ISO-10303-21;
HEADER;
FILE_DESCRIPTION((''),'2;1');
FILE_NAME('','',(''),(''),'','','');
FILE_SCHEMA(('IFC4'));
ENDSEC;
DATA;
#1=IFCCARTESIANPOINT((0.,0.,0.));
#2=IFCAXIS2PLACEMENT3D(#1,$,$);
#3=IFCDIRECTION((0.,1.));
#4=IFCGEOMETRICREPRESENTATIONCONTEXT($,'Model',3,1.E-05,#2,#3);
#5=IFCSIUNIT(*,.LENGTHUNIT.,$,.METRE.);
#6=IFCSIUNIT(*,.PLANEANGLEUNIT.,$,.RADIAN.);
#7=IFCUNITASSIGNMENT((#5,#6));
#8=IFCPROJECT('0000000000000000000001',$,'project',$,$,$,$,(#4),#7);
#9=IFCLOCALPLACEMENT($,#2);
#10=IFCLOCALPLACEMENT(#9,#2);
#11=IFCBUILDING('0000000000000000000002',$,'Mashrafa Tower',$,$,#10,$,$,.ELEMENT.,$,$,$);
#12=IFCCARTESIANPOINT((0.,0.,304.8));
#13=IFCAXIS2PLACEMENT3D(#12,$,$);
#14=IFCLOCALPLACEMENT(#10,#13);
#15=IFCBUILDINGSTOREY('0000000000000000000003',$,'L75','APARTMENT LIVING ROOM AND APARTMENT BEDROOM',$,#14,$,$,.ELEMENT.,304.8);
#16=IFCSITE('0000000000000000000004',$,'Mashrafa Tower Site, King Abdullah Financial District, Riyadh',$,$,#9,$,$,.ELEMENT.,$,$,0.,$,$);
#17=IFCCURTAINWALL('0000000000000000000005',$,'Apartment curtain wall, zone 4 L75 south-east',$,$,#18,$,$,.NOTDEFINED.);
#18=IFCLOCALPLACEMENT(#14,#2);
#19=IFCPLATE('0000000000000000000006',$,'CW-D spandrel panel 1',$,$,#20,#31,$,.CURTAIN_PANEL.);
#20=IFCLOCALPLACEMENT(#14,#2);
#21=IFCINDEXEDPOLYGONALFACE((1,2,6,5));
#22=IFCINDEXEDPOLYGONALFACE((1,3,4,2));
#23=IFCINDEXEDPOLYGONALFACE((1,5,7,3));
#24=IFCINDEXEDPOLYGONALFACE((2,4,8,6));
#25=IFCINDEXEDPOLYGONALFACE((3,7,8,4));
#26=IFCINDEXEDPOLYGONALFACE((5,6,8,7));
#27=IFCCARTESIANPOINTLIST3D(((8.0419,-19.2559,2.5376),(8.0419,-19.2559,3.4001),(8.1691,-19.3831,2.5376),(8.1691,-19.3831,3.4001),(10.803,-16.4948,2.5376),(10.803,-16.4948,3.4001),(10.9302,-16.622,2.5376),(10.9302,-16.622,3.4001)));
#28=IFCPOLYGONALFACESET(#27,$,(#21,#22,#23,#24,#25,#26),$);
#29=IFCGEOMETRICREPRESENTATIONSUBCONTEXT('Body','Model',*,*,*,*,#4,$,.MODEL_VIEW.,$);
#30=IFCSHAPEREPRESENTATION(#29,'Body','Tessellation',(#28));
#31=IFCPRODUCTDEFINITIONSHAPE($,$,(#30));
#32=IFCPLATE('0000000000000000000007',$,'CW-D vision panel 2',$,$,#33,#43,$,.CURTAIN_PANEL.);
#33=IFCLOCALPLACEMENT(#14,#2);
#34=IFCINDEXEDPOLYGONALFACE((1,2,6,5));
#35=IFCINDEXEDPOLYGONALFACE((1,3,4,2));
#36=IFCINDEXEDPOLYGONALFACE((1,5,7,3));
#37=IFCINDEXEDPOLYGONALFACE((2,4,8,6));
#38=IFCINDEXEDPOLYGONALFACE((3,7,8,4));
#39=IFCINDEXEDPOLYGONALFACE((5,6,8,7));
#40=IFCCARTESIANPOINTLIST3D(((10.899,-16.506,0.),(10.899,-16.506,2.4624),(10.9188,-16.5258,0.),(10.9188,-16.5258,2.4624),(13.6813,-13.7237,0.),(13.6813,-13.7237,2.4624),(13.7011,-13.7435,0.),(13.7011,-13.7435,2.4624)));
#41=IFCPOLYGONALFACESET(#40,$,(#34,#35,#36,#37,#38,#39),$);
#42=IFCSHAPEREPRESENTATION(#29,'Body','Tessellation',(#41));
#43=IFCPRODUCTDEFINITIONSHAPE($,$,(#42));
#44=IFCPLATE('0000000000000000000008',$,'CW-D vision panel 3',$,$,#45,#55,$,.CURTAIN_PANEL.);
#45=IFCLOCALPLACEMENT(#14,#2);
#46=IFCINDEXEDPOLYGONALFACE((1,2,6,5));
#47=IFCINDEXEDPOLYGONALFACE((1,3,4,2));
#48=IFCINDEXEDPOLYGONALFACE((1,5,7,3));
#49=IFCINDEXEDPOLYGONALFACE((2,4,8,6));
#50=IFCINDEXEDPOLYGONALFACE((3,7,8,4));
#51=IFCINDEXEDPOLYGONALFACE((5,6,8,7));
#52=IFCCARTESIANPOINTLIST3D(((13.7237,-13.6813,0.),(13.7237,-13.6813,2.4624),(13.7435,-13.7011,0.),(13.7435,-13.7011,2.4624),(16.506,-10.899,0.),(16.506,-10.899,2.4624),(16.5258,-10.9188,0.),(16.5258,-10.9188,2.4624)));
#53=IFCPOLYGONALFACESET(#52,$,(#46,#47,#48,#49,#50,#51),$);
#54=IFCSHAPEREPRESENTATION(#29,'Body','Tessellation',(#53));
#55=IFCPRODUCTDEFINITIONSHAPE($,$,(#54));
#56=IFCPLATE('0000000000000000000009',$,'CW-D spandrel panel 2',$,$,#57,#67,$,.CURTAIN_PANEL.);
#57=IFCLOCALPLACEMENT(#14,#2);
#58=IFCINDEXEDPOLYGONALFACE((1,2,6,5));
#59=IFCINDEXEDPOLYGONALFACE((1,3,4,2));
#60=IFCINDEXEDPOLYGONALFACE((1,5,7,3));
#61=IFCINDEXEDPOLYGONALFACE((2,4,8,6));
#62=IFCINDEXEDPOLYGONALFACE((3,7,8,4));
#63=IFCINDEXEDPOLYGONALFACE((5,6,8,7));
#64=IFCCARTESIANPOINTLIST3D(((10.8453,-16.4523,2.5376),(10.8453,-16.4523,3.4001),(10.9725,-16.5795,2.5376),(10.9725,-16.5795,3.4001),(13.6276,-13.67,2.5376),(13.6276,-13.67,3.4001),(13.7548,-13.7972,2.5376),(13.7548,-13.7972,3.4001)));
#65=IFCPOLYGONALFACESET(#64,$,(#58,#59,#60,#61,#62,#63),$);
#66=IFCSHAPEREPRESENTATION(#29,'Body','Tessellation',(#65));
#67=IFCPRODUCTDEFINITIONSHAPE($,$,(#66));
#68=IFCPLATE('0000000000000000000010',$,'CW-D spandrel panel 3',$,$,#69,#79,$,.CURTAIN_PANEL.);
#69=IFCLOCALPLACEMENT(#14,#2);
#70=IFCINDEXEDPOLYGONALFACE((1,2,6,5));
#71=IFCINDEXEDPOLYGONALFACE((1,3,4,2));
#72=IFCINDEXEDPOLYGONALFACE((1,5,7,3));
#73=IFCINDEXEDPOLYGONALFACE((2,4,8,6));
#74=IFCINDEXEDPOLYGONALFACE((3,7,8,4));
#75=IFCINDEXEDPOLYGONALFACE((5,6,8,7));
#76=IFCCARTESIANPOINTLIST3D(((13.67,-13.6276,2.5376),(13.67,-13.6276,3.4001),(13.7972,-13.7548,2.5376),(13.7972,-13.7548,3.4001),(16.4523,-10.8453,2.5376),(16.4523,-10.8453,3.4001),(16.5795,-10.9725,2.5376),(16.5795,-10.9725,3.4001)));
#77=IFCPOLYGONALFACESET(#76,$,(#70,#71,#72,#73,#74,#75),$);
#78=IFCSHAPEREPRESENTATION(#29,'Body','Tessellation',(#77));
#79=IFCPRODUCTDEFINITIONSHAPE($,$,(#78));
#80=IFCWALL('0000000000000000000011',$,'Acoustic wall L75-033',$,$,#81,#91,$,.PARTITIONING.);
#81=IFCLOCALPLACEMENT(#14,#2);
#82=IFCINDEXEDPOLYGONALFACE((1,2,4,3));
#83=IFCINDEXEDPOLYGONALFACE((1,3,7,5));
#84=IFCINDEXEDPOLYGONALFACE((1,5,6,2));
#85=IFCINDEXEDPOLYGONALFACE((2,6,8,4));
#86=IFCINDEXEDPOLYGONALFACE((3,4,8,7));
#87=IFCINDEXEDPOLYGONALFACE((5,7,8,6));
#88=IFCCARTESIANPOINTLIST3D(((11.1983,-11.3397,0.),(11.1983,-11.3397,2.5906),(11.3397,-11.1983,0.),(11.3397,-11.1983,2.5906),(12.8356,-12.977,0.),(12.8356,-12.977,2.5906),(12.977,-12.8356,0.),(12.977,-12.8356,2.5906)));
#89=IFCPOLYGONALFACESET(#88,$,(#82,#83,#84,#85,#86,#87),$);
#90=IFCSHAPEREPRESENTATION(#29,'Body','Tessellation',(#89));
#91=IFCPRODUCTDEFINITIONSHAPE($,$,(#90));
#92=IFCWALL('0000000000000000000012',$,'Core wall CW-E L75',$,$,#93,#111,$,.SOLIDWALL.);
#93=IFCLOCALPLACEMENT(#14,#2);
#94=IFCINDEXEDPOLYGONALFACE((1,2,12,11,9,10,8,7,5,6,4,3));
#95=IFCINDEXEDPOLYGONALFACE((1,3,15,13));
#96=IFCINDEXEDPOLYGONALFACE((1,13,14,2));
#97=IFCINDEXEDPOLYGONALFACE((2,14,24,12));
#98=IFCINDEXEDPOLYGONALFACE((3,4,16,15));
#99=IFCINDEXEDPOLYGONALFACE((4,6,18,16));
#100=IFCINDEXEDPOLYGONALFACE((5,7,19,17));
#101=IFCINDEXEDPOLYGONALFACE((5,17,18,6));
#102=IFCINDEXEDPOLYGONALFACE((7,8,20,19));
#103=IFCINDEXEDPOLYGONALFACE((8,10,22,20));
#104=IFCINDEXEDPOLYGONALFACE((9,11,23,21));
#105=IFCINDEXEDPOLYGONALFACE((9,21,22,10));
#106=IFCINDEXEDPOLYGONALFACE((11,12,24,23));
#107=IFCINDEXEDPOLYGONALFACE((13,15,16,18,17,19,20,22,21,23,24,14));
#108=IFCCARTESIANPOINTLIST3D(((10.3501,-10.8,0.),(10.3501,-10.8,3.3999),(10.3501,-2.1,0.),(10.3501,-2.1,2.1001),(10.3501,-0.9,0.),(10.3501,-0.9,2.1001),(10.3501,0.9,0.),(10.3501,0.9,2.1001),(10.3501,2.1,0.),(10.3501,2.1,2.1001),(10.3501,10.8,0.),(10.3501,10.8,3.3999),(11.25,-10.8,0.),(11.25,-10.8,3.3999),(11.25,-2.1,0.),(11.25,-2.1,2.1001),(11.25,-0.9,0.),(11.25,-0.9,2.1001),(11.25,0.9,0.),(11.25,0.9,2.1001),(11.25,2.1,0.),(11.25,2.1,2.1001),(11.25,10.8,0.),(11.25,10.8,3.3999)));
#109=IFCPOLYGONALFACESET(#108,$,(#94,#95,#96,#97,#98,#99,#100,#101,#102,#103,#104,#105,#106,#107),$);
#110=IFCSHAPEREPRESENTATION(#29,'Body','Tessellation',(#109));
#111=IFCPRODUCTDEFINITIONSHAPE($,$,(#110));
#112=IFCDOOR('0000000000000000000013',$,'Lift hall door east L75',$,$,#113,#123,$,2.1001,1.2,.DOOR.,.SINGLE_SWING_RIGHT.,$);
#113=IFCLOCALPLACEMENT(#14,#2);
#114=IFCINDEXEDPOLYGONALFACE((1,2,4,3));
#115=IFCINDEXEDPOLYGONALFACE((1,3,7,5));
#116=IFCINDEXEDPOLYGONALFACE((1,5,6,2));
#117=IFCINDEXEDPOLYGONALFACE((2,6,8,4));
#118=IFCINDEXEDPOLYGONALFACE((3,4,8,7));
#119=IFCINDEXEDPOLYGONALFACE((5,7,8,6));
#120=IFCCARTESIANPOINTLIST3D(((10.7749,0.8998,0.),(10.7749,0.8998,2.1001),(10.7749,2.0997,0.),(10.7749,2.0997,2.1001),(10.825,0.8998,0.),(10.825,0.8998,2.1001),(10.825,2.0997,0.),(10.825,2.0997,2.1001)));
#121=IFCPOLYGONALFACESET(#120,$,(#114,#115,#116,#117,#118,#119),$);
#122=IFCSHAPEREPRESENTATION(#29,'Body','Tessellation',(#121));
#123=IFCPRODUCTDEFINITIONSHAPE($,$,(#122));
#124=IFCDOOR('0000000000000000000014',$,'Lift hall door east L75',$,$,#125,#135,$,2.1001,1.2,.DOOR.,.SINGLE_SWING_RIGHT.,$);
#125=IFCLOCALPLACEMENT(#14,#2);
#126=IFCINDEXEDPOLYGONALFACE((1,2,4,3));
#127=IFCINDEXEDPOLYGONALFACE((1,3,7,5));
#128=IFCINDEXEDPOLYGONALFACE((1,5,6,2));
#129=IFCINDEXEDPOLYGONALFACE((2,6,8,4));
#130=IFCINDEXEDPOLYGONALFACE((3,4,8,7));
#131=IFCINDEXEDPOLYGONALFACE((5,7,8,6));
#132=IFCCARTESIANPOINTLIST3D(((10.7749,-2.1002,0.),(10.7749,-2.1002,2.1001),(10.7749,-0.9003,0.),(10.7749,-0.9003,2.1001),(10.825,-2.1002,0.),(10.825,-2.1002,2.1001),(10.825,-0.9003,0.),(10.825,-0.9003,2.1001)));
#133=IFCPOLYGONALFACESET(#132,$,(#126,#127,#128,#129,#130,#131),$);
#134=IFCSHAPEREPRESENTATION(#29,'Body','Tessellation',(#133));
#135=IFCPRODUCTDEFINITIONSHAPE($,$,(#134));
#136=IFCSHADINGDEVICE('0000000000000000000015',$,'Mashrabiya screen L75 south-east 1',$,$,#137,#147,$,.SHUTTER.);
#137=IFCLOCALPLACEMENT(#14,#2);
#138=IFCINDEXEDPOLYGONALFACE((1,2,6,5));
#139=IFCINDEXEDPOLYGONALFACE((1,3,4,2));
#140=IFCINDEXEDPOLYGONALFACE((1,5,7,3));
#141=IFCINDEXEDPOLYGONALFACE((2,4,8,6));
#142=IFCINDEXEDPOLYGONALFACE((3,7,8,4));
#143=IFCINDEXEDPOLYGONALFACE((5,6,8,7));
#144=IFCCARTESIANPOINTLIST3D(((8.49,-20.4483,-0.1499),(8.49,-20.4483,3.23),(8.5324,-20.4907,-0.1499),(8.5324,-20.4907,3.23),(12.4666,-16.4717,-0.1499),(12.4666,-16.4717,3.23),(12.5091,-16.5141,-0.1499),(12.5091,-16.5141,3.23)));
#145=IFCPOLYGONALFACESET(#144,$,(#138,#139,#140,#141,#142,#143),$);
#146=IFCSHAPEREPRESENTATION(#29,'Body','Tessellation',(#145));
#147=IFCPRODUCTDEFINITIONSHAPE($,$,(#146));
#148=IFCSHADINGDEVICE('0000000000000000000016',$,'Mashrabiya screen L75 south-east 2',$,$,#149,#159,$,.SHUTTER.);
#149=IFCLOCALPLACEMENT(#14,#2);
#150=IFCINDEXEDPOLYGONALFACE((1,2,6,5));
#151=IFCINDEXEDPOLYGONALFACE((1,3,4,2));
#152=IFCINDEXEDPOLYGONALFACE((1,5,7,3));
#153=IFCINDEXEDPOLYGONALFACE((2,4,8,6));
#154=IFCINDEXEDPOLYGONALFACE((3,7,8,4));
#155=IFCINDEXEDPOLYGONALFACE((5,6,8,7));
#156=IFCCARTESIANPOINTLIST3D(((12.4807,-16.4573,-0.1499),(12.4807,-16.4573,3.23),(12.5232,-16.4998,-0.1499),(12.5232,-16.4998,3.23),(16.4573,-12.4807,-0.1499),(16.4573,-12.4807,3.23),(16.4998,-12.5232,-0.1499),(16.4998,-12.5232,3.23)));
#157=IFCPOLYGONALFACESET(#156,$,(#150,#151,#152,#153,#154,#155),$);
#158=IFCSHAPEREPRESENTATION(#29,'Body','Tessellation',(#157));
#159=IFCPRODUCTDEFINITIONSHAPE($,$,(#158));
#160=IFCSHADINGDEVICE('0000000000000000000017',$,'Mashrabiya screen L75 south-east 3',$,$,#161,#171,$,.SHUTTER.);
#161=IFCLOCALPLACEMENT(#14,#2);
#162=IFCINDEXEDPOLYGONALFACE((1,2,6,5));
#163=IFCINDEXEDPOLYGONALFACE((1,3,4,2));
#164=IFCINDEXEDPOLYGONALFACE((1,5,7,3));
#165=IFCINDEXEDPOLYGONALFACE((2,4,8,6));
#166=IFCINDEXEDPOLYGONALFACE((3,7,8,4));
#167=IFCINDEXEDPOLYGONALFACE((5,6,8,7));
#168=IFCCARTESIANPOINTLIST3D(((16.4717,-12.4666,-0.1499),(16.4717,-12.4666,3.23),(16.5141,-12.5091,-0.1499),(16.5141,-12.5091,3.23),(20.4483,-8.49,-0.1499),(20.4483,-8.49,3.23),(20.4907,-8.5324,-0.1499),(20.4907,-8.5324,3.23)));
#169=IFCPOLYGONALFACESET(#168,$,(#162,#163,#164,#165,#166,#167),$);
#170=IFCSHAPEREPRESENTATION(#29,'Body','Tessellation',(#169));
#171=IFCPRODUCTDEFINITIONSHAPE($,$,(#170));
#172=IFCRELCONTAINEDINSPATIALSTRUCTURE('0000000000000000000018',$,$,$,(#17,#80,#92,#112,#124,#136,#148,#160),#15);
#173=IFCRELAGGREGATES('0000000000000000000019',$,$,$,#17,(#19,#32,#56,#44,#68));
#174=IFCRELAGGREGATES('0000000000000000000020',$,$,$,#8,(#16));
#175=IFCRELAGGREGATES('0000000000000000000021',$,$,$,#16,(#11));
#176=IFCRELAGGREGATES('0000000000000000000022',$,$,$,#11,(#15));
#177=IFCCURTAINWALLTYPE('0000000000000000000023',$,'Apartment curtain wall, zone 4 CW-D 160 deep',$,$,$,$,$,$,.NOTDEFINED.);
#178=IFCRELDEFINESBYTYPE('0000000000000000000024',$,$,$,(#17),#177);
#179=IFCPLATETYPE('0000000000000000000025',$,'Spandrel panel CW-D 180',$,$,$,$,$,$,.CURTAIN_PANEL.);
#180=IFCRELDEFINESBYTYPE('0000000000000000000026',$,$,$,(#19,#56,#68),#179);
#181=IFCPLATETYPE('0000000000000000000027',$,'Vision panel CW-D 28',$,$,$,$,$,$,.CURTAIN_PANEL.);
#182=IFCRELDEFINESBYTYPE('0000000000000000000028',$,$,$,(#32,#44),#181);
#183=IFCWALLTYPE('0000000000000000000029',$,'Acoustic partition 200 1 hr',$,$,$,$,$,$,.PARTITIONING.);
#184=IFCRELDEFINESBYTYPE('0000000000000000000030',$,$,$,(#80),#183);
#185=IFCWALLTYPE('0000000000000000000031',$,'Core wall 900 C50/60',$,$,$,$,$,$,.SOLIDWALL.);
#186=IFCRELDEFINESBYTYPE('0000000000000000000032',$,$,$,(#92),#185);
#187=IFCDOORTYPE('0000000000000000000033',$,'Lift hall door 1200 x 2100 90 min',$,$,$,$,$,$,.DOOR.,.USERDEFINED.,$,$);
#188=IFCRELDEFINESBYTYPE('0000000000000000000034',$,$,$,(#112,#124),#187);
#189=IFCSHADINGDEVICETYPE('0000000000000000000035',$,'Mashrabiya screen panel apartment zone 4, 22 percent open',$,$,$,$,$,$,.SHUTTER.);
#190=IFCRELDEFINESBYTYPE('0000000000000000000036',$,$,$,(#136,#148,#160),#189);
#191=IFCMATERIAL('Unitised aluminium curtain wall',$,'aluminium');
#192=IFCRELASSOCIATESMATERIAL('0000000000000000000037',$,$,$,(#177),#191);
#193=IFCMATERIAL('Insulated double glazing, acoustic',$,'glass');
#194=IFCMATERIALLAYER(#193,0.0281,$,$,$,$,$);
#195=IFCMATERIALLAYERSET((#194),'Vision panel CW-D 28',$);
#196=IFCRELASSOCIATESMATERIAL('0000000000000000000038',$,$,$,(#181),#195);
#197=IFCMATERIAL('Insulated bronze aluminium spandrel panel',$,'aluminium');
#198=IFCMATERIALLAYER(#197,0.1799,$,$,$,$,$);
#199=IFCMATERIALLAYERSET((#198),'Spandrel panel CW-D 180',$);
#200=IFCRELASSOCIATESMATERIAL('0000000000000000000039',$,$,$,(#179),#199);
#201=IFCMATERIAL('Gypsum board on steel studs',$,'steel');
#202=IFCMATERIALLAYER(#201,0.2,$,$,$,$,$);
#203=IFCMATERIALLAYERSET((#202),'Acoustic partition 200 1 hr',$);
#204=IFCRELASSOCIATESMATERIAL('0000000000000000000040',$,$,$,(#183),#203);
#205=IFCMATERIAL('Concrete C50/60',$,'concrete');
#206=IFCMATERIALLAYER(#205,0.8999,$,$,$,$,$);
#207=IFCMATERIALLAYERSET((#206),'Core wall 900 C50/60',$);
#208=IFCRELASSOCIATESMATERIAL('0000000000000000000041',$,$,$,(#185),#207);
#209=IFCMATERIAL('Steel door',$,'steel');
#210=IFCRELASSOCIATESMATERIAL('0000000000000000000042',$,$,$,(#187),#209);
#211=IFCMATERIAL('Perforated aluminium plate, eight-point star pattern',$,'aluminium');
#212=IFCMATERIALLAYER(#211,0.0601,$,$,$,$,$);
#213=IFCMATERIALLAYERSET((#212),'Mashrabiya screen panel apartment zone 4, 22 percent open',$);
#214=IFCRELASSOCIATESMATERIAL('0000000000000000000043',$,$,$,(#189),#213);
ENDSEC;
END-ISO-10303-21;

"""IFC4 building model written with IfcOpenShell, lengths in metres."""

from ifc_helpers import new_model, si_unit, direction, frame, frame_2d, origin, origin_2d, place, context, subcontext, project, spatial, rectangle, extrude, source, transform, mapped, material, layer, layer_set, type_object, type_shapes, element, fill, aggregate, save


model = new_model("IFC4")

# Units and contexts
model_context = context("Model", 3, precision=1e-05, world=origin(), true_north=direction((0.0, 1.0)))
body_context = subcontext(model_context, "Body", "Model", "MODEL_VIEW")
ifc_project = project(units=[si_unit("LENGTHUNIT", "METRE"), si_unit("PLANEANGLEUNIT", "RADIAN")], contexts=[model_context])

# Site, building, storey
site_placement = place(None, origin())
site = spatial("IfcSite", under=ifc_project, at=site_placement, Name="Mashrafa Tower Site, King Abdullah Financial District, Riyadh", CompositionType="ELEMENT", RefElevation=0.0)
building_placement = place(site_placement, origin())
building = spatial("IfcBuilding", under=site, at=building_placement, Name="Mashrafa Tower", CompositionType="ELEMENT")
storey_placement = place(building_placement, frame((0.0, 0.0, 304.8)))
storey = spatial("IfcBuildingStorey", under=building, at=storey_placement, Name="L75", Description="APARTMENT LIVING ROOM AND APARTMENT BEDROOM", CompositionType="ELEMENT", Elevation=304.8)

# Curtain wall, plates
ifc_material_1 = material(Name="Unitised aluminium curtain wall", Category="aluminium")
curtain_wall_type = type_object("IfcCurtainWallType", Name="Apartment curtain wall, zone 4 CW-D 160 deep", PredefinedType="NOTDEFINED", material=ifc_material_1)
curtain_wall_placement = place(storey_placement, origin())
curtain_wall = element("IfcCurtainWall", 1, at=curtain_wall_placement, inside=storey, type_object=curtain_wall_type, Name="Apartment curtain wall, zone 4 L75 south-east", PredefinedType="NOTDEFINED")
ifc_material_2 = material(Name="Insulated double glazing, acoustic", Category="glass")
ifc_layer_1 = layer(ifc_material_2, 0.0281)
ifc_layer_set_1 = layer_set([ifc_layer_1], Name="Vision panel CW-D 28")
plate_type_1 = type_object("IfcPlateType", Name="Vision panel CW-D 28", PredefinedType="CURTAIN_PANEL", material=ifc_layer_set_1)
ifc_material_3 = material(Name="Insulated bronze aluminium spandrel panel", Category="aluminium")
ifc_layer_2 = layer(ifc_material_3, 0.1799)
ifc_layer_set_2 = layer_set([ifc_layer_2], Name="Spandrel panel CW-D 180")
plate_type_2 = type_object("IfcPlateType", Name="Spandrel panel CW-D 180", PredefinedType="CURTAIN_PANEL", material=ifc_layer_set_2)
shared_shape_1 = source(origin(), body_context, "Body", "SweptSolid", [
    extrude(rectangle(XDim=3.9048, YDim=0.1799, at=origin_2d()), origin(), (0.0, 0.0, 1.0), 0.8625),
])
plate_1_placement = place(storey_placement, frame((9.4861, -17.939, 2.5376), z_axis=(0.0, 0.0, 1.0), x_axis=(0.707107, 0.707107, 0.0)))
plate_1 = element("IfcPlate", 2, at=plate_1_placement, type_object=plate_type_2, Name="CW-D spandrel panel 1", PredefinedType="CURTAIN_PANEL", context=body_context, shape_type="MappedRepresentation", body=[
    mapped(shared_shape_1, transform((0.0, 0.0, 0.0))),
])
shared_shape_2 = source(origin(), body_context, "Body", "SweptSolid", [
    extrude(rectangle(XDim=3.9348, YDim=0.0281, at=origin_2d()), origin(), (0.0, 0.0, 1.0), 2.4624),
])
plate_2_placement = place(storey_placement, frame((12.3, -15.1248, 0.0), z_axis=(0.0, 0.0, 1.0), x_axis=(0.707107, 0.707107, 0.0)))
plate_2 = element("IfcPlate", 3, at=plate_2_placement, type_object=plate_type_1, Name="CW-D vision panel 2", PredefinedType="CURTAIN_PANEL", context=body_context, shape_type="MappedRepresentation", body=[
    mapped(shared_shape_2, transform((0.0, 0.0, 0.0))),
])
plate_3_placement = place(storey_placement, frame((15.1248, -12.3, 0.0), z_axis=(0.0, 0.0, 1.0), x_axis=(0.707107, 0.707107, 0.0)))
plate_3 = element("IfcPlate", 4, at=plate_3_placement, type_object=plate_type_1, Name="CW-D vision panel 3", PredefinedType="CURTAIN_PANEL", context=body_context, shape_type="MappedRepresentation", body=[
    mapped(shared_shape_2, transform((0.0, 0.0, 0.0))),
])
shared_shape_3 = source(origin(), body_context, "Body", "SweptSolid", [
    extrude(rectangle(XDim=3.9348, YDim=0.1799, at=origin_2d()), origin(), (0.0, 0.0, 1.0), 0.8625),
])
type_shapes(plate_type_2, [shared_shape_1, shared_shape_3])
plate_4_placement = place(storey_placement, frame((12.3, -15.1248, 2.5376), z_axis=(0.0, 0.0, 1.0), x_axis=(0.707107, 0.707107, 0.0)))
plate_4 = element("IfcPlate", 5, at=plate_4_placement, type_object=plate_type_2, Name="CW-D spandrel panel 2", PredefinedType="CURTAIN_PANEL", context=body_context, shape_type="MappedRepresentation", body=[
    mapped(shared_shape_3, transform((0.0, 0.0, 0.0))),
])
plate_5_placement = place(storey_placement, frame((15.1248, -12.3, 2.5376), z_axis=(0.0, 0.0, 1.0), x_axis=(0.707107, 0.707107, 0.0)))
plate_5 = element("IfcPlate", 6, at=plate_5_placement, type_object=plate_type_2, Name="CW-D spandrel panel 3", PredefinedType="CURTAIN_PANEL", context=body_context, shape_type="MappedRepresentation", body=[
    mapped(shared_shape_3, transform((0.0, 0.0, 0.0))),
])
aggregate(curtain_wall, [plate_1, plate_2, plate_4, plate_3, plate_5])

# Wall
ifc_material_4 = material(Name="Gypsum board on steel studs", Category="steel")
ifc_layer_3 = layer(ifc_material_4, 0.2)
ifc_layer_set_3 = layer_set([ifc_layer_3], Name="Acoustic partition 200 1 hr")
wall_type_1 = type_object("IfcWallType", Name="Acoustic partition 200 1 hr", PredefinedType="PARTITIONING", material=ifc_layer_set_3)
wall_1_placement = place(storey_placement, frame((11.269, -11.269, 0.0), z_axis=(0.0, 0.0, 1.0), x_axis=(0.707107, -0.707107, 0.0)))
element("IfcWall", 7, at=wall_1_placement, inside=storey, type_object=wall_type_1, Name="Acoustic wall L75-033", PredefinedType="PARTITIONING", context=body_context, shape_type="SweptSolid", body=[
    extrude(rectangle(XDim=2.3154, YDim=0.2, at=frame_2d((1.1577, 0.0))), origin(), (0.0, 0.0, 1.0), 2.5906),
])

# Wall, openings, doors
ifc_material_5 = material(Name="Concrete C50/60", Category="concrete")
ifc_layer_4 = layer(ifc_material_5, 0.8999)
ifc_layer_set_4 = layer_set([ifc_layer_4], Name="Core wall 900 C50/60")
wall_type_2 = type_object("IfcWallType", Name="Core wall 900 C50/60", PredefinedType="SOLIDWALL", material=ifc_layer_set_4)
wall_2_placement = place(storey_placement, frame((10.8, -10.8, 0.0), z_axis=(0.0, 0.0, 1.0), x_axis=(0.0, 1.0, 0.0)))
wall_2 = element("IfcWall", 8, at=wall_2_placement, inside=storey, type_object=wall_type_2, Name="Core wall CW-E L75", PredefinedType="SOLIDWALL", context=body_context, shape_type="SweptSolid", body=[
    extrude(rectangle(XDim=21.6001, YDim=0.8999, at=frame_2d((10.8, 0.0))), origin(), (0.0, 0.0, 1.0), 3.3999),
])
opening_1_placement = place(wall_2_placement, frame((11.7, 0.0, 0.0)))
opening_1 = element("IfcOpeningElement", 9, at=opening_1_placement, cuts=wall_2, PredefinedType="OPENING", context=body_context, shape_type="SweptSolid", body=[
    extrude(rectangle(XDim=1.2, YDim=2.1001, at=frame_2d((0.6001, 1.05))), frame((0.0, 0.46, 0.0), z_axis=(0.0, -1.0, 0.0), x_axis=(1.0, 0.0, 0.0)), (0.0, 0.0, 1.0), 0.9199),
])
opening_2_placement = place(wall_2_placement, frame((8.7, 0.0, 0.0)))
opening_2 = element("IfcOpeningElement", 10, at=opening_2_placement, cuts=wall_2, PredefinedType="OPENING", context=body_context, shape_type="SweptSolid", body=[
    extrude(rectangle(XDim=1.2, YDim=2.1001, at=frame_2d((0.6001, 1.05))), frame((0.0, 0.46, 0.0), z_axis=(0.0, -1.0, 0.0), x_axis=(1.0, 0.0, 0.0)), (0.0, 0.0, 1.0), 0.9199),
])
ifc_material_6 = material(Name="Steel door", Category="steel")
door_type = type_object("IfcDoorType", Name="Lift hall door 1200 x 2100 90 min", OperationType="USERDEFINED", PredefinedType="DOOR", material=ifc_material_6)
door_1_placement = place(opening_1_placement, frame((1.2, 0.0, 0.0), z_axis=(0.0, 0.0, 1.0), x_axis=(-1.0, 0.0, 0.0)))
door_1 = element("IfcDoor", 11, at=door_1_placement, inside=storey, type_object=door_type, Name="Lift hall door east L75", OperationType="SINGLE_SWING_RIGHT", OverallHeight=2.1001, OverallWidth=1.2, PredefinedType="DOOR", context=body_context, shape_type="SweptSolid", body=[
    extrude(rectangle(XDim=1.2, YDim=2.1001, at=frame_2d((0.6001, 1.05))), frame((0.0, 0.0249, 0.0), z_axis=(0.0, -1.0, 0.0), x_axis=(1.0, 0.0, 0.0)), (0.0, 0.0, 1.0), 0.05),
])
fill(opening_1, door_1)
door_2_placement = place(opening_2_placement, frame((1.2, 0.0, 0.0), z_axis=(0.0, 0.0, 1.0), x_axis=(-1.0, 0.0, 0.0)))
door_2 = element("IfcDoor", 12, at=door_2_placement, inside=storey, type_object=door_type, Name="Lift hall door east L75", OperationType="SINGLE_SWING_RIGHT", OverallHeight=2.1001, OverallWidth=1.2, PredefinedType="DOOR", context=body_context, shape_type="SweptSolid", body=[
    extrude(rectangle(XDim=1.2, YDim=2.1001, at=frame_2d((0.6001, 1.05))), frame((0.0, 0.0249, 0.0), z_axis=(0.0, -1.0, 0.0), x_axis=(1.0, 0.0, 0.0)), (0.0, 0.0, 1.0), 0.05),
])
fill(opening_2, door_2)

# Shading devices
ifc_material_7 = material(Name="Perforated aluminium plate, eight-point star pattern", Category="aluminium")
ifc_layer_5 = layer(ifc_material_7, 0.0601)
ifc_layer_set_5 = layer_set([ifc_layer_5], Name="Mashrabiya screen panel apartment zone 4, 22 percent open")
shading_device_type = type_object("IfcShadingDeviceType", Name="Mashrabiya screen panel apartment zone 4, 22 percent open", PredefinedType="SHUTTER", material=ifc_layer_set_5)
shared_shape_4 = source(origin(), body_context, "Body", "SweptSolid", [
    extrude(rectangle(XDim=5.6238, YDim=0.0601, at=origin_2d()), origin(), (0.0, 0.0, 1.0), 3.3799),
])
type_shapes(shading_device_type, [shared_shape_4])
for number, where, z_axis, x_axis, name in (
    (13, (10.4995, -18.4812, -0.1499), (0.0, 0.0, 1.0), (0.707107, 0.707107, 0.0), "Mashrabiya screen L75 south-east 1"),
    (14, (14.4902, -14.4902, -0.1499), (0.0, 0.0, 1.0), (0.707107, 0.707107, 0.0), "Mashrabiya screen L75 south-east 2"),
    (15, (18.4812, -10.4995, -0.1499), (0.0, 0.0, 1.0), (0.707107, 0.707107, 0.0), "Mashrabiya screen L75 south-east 3"),
):
    element("IfcShadingDevice", number, at=place(storey_placement, frame(where, z_axis=z_axis, x_axis=x_axis)), inside=storey, type_object=shading_device_type, Name=name, PredefinedType="SHUTTER", context=body_context, shape_type="MappedRepresentation", body=[
        mapped(shared_shape_4, transform((0.0, 0.0, 0.0))),
    ])

save(model, "model.ifc")
